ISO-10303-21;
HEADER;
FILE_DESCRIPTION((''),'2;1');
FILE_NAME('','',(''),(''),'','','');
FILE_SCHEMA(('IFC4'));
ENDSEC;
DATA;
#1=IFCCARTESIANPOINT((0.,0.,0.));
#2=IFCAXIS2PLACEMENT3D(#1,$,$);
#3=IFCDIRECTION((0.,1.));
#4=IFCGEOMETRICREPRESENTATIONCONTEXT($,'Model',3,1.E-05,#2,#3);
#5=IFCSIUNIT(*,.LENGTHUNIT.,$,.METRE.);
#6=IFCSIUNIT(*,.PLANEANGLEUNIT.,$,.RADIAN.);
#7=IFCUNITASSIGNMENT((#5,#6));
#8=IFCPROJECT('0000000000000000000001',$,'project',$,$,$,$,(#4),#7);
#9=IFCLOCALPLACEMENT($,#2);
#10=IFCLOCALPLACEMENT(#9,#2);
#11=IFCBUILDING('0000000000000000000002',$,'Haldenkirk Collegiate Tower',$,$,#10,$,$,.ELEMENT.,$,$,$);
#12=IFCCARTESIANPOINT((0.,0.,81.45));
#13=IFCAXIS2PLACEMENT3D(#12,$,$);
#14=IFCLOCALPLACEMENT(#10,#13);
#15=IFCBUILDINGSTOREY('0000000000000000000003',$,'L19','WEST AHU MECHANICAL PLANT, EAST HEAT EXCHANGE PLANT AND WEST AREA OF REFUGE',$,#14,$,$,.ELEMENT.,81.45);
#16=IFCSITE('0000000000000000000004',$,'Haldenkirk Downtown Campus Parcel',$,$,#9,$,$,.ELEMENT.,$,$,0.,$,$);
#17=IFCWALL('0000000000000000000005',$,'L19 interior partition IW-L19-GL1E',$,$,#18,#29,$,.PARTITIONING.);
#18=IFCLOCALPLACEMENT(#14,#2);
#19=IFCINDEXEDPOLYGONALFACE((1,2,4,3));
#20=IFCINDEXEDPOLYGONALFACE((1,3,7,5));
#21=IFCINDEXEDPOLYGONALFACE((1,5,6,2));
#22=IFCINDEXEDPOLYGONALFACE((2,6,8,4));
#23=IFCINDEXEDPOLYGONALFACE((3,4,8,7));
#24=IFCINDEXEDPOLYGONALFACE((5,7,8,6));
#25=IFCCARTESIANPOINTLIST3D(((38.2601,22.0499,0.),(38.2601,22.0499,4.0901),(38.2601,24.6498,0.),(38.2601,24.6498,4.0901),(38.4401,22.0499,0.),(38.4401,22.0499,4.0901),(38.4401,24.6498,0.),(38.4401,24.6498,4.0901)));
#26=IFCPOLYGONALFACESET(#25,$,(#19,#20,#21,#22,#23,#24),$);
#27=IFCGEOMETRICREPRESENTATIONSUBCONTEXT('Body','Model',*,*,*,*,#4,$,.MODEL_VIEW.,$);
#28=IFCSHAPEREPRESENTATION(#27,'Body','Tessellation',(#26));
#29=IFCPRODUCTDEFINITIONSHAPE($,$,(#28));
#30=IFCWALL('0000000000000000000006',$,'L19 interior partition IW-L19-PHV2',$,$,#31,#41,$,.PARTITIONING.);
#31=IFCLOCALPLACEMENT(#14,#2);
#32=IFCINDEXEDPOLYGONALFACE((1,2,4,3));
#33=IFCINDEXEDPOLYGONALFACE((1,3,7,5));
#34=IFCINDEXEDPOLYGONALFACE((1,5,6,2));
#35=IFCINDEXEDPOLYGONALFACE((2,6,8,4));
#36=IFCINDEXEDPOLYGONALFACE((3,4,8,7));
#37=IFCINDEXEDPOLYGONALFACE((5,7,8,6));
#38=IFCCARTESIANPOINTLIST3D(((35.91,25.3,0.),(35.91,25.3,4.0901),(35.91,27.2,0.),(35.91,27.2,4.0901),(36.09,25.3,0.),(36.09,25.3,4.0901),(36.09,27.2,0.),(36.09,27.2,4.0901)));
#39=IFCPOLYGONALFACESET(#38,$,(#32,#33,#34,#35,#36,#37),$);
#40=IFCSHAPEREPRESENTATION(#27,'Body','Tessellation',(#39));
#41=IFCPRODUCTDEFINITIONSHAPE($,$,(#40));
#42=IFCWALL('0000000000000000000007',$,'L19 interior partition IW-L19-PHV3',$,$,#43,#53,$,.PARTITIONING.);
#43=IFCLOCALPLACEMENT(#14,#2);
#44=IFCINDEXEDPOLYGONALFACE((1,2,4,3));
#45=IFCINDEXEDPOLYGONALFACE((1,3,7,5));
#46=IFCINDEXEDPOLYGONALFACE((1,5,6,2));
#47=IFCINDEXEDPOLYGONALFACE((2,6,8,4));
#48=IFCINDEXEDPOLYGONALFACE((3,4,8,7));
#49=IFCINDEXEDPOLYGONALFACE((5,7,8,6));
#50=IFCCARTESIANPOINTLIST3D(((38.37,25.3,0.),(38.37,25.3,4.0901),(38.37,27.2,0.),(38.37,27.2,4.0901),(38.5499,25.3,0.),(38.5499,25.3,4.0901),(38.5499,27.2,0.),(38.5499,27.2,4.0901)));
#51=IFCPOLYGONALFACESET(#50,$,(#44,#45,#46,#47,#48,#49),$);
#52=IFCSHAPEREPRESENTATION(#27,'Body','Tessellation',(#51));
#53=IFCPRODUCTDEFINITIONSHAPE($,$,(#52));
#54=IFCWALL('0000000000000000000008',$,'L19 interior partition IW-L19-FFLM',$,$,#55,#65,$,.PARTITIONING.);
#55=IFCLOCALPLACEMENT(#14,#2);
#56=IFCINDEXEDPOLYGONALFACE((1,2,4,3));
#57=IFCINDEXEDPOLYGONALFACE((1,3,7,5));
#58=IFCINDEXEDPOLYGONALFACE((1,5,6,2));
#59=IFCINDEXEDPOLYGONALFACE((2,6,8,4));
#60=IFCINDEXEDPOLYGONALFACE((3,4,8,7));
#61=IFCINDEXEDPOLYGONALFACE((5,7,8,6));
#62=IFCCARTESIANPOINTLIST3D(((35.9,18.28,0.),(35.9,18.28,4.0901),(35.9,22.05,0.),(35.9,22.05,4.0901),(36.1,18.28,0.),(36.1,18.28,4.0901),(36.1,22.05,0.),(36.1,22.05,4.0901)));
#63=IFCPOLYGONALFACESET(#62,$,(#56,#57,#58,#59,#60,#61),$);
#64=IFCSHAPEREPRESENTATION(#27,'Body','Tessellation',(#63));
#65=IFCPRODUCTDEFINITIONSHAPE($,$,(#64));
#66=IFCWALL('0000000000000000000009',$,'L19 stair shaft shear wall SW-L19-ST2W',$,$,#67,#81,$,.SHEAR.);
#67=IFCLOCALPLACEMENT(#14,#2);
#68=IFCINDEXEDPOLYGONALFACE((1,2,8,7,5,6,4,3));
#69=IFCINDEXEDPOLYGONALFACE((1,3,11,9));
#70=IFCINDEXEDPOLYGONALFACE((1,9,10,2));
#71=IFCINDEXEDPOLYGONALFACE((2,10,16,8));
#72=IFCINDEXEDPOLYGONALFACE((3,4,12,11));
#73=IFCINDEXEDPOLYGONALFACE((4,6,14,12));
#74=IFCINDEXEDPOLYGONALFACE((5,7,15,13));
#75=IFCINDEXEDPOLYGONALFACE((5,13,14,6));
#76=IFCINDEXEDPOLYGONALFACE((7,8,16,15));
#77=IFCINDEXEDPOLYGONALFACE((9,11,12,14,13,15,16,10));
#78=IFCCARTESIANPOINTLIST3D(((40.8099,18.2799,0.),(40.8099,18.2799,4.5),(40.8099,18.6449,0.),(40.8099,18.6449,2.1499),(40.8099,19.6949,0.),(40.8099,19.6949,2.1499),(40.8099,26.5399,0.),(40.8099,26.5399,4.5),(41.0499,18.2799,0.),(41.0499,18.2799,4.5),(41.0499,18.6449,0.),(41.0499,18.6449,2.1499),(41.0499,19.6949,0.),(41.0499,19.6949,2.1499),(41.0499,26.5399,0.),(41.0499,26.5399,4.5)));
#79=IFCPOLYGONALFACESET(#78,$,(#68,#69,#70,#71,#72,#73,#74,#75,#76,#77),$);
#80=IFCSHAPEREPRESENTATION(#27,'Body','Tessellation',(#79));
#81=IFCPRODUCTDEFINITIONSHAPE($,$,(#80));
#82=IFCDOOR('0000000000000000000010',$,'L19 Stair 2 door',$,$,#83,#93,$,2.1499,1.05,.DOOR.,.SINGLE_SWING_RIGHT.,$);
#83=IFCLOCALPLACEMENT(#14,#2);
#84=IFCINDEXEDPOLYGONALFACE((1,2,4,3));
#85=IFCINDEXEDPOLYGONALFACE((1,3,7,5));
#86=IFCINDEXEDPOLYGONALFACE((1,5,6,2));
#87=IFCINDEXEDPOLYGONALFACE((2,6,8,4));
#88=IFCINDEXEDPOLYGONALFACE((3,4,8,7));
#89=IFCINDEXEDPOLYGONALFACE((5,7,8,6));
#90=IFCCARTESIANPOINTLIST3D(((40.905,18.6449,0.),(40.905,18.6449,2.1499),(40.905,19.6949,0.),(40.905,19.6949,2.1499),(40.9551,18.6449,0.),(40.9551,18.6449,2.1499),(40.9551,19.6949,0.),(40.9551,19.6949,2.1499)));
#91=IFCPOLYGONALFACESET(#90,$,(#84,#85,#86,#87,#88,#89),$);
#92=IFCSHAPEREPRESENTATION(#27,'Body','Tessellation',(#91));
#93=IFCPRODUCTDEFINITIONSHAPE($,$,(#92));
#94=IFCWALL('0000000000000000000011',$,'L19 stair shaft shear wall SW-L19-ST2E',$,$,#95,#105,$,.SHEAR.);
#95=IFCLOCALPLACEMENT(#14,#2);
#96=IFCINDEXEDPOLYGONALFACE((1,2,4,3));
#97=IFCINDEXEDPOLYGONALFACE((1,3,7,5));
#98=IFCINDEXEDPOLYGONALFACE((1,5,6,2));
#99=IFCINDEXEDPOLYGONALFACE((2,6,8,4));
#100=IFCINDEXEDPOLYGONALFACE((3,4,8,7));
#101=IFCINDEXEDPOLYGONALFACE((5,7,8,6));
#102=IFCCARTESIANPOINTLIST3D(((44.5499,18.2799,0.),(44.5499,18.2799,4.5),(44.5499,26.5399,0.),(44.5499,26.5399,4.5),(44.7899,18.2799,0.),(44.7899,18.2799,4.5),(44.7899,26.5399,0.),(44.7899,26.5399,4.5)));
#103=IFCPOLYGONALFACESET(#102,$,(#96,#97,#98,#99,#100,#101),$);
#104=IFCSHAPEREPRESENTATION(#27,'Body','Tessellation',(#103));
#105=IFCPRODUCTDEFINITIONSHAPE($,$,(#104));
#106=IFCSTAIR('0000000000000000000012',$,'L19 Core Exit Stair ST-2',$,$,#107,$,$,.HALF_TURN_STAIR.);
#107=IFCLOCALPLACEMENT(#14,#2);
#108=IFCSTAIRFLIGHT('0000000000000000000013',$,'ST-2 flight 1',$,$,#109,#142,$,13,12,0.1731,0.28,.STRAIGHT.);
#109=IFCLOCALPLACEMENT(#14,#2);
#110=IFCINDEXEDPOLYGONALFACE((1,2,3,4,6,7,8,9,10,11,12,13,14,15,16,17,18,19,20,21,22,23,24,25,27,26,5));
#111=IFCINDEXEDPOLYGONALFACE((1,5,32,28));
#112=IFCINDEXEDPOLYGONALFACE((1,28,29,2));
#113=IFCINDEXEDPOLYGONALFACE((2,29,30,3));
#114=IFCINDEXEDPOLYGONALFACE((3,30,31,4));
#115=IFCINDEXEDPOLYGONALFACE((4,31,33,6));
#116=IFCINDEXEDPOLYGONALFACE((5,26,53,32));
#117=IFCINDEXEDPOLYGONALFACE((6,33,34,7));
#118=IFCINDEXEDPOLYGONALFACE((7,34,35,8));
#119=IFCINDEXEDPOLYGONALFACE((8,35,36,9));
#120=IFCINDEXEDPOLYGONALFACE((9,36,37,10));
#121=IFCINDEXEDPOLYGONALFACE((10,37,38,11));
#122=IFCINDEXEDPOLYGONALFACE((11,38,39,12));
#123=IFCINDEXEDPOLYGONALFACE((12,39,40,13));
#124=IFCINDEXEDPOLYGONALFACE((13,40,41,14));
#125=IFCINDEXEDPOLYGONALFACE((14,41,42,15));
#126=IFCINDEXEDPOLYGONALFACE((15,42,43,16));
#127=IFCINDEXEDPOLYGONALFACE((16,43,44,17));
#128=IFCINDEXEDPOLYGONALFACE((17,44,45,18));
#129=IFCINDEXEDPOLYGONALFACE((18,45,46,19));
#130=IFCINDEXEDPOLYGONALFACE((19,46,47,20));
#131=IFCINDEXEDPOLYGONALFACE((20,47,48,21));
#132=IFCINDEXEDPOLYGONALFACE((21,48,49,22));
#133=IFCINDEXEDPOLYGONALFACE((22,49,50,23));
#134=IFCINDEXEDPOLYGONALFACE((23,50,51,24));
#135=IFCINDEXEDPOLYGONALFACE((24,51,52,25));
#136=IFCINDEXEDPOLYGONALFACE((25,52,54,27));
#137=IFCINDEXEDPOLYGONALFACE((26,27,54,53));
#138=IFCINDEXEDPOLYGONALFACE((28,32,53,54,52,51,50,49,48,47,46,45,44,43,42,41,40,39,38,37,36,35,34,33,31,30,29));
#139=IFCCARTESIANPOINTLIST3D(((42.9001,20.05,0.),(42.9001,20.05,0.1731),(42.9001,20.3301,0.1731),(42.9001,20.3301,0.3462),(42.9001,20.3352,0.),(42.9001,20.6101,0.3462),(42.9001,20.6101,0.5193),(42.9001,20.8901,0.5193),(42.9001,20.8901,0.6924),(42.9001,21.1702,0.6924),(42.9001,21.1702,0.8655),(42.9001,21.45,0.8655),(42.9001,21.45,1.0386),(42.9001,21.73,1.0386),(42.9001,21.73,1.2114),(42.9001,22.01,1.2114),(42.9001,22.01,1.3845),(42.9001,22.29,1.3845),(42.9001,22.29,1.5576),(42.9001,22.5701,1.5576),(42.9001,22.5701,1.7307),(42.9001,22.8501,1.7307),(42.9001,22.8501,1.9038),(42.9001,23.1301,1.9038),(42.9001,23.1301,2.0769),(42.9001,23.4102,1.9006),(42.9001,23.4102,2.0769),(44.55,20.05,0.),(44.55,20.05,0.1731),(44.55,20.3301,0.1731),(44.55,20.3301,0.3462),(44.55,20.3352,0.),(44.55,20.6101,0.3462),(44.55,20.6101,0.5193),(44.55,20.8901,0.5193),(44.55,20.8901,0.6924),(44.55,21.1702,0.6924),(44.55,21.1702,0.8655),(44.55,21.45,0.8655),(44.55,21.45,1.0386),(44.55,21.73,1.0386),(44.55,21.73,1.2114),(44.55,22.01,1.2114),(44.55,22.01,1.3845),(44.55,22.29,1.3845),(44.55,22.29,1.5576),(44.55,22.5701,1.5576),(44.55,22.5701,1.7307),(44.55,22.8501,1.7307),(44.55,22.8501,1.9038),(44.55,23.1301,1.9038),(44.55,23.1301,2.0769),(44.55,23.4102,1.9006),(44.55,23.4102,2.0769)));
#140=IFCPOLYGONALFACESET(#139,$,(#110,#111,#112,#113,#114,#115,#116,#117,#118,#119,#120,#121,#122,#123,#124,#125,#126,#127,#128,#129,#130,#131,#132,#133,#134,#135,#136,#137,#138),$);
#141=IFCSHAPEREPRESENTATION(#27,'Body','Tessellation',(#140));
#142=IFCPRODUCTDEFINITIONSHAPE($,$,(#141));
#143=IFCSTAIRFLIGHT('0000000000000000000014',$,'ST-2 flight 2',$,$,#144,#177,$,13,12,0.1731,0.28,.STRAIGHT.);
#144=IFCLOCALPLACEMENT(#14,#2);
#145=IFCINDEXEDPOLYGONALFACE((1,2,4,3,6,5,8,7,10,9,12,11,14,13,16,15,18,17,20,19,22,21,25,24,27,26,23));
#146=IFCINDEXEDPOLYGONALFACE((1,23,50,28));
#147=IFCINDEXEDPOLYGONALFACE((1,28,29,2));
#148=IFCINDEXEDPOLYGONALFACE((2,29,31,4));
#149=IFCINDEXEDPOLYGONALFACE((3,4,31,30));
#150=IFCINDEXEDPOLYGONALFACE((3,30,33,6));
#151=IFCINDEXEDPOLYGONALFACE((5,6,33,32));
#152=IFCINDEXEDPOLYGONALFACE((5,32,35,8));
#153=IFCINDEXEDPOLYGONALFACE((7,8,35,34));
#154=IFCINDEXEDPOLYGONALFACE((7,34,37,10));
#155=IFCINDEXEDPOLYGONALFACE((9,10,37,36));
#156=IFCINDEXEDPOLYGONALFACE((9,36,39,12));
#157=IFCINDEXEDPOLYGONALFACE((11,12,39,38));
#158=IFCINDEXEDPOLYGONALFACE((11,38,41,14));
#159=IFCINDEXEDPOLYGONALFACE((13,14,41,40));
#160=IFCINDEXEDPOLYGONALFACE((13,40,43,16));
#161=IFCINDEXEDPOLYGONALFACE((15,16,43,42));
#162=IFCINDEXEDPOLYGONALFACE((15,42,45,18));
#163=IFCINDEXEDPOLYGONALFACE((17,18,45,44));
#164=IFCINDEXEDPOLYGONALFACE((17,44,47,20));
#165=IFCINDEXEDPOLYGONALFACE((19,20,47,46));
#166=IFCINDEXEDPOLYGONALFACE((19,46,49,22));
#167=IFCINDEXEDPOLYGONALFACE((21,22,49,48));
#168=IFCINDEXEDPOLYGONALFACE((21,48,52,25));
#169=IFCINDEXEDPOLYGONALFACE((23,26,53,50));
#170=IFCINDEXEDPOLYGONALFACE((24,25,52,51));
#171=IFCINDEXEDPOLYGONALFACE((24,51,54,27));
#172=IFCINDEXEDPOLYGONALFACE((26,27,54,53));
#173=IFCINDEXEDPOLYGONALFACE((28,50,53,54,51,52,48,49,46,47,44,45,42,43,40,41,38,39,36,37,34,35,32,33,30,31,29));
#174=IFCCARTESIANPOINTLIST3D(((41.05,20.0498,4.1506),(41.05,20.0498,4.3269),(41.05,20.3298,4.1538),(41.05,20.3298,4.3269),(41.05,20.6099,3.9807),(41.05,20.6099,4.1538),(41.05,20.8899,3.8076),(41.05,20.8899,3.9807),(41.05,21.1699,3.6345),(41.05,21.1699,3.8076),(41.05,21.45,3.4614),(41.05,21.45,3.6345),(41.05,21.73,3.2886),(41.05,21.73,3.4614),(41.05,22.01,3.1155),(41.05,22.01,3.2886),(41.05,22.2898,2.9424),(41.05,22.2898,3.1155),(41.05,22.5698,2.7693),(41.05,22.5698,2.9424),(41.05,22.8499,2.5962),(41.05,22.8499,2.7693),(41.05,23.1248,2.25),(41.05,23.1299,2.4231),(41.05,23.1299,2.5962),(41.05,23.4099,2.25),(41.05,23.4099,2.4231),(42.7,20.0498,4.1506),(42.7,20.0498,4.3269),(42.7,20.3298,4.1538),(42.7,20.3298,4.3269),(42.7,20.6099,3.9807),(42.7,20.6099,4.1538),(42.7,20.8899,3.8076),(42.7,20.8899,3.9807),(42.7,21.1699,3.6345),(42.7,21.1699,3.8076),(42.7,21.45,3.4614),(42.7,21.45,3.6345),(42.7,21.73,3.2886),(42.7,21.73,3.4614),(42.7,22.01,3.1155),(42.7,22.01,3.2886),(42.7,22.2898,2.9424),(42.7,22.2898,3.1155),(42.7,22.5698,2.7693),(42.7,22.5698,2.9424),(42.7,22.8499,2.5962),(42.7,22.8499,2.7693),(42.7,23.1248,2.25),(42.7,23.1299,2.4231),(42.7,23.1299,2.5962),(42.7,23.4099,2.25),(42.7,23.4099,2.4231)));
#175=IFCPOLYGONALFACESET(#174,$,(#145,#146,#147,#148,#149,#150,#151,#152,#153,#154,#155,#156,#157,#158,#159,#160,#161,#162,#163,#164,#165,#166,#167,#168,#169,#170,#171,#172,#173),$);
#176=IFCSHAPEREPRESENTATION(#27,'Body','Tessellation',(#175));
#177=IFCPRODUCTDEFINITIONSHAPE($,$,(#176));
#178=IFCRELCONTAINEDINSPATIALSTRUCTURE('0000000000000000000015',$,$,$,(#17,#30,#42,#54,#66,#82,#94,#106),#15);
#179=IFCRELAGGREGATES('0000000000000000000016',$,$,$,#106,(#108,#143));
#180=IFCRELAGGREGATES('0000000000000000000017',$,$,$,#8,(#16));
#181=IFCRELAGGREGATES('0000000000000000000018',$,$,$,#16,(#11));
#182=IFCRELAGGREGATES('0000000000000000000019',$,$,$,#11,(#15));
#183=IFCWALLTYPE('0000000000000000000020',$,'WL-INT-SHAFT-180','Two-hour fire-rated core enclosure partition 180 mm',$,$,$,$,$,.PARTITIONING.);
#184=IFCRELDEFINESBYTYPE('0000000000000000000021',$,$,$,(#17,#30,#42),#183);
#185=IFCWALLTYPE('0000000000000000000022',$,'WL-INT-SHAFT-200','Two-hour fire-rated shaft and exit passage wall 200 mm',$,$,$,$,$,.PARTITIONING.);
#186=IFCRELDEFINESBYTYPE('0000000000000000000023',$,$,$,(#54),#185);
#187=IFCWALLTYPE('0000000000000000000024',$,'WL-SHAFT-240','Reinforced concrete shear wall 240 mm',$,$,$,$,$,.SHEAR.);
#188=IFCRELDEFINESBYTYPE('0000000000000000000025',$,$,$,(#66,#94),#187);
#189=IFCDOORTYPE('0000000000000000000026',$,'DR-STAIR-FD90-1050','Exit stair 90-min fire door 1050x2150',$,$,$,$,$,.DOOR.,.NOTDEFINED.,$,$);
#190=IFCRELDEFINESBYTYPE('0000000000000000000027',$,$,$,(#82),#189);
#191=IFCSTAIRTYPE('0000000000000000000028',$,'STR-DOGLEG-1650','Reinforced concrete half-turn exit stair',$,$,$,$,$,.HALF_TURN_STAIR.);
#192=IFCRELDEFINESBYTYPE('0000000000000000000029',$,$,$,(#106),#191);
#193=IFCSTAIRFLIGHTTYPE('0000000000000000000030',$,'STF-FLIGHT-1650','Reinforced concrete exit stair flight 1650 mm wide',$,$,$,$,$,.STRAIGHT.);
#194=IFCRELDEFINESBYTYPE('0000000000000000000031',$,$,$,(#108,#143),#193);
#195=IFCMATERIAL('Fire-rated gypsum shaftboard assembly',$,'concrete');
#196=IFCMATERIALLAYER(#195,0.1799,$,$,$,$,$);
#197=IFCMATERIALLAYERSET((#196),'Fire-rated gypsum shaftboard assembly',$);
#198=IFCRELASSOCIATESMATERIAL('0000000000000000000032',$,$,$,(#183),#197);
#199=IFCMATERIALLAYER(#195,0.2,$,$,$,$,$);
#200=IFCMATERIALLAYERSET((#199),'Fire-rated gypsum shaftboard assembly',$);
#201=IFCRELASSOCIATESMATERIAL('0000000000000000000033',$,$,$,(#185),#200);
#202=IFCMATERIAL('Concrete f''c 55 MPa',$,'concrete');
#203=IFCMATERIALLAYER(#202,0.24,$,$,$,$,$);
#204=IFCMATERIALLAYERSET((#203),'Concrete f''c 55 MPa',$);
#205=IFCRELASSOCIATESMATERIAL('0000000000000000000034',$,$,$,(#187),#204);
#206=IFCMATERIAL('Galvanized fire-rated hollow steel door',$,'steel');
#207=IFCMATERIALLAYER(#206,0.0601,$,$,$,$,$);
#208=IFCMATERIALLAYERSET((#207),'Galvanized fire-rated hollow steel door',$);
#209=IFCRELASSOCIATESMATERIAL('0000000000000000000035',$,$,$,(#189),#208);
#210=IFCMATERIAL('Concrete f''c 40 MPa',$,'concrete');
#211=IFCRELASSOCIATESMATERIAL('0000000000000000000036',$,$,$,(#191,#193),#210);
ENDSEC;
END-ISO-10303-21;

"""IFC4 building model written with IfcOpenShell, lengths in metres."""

from ifc_helpers import new_model, si_unit, direction, frame, frame_2d, origin, place, context, subcontext, project, spatial, polyline, rectangle, outline, extrude, material, layer, layer_set, type_object, element, fill, aggregate, save


model = new_model("IFC4")

# Units and contexts
model_context = context("Model", 3, precision=1e-05, world=origin(), true_north=direction((0.0, 1.0)))
body_context = subcontext(model_context, "Body", "Model", "MODEL_VIEW")
ifc_project = project(units=[si_unit("LENGTHUNIT", "METRE"), si_unit("PLANEANGLEUNIT", "RADIAN")], contexts=[model_context])

# Site, building, storey
site_placement = place(None, origin())
site = spatial("IfcSite", under=ifc_project, at=site_placement, Name="Haldenkirk Downtown Campus Parcel", CompositionType="ELEMENT", RefElevation=0.0)
building_placement = place(site_placement, origin())
building = spatial("IfcBuilding", under=site, at=building_placement, Name="Haldenkirk Collegiate Tower", CompositionType="ELEMENT")
storey_placement = place(building_placement, frame((0.0, 0.0, 81.45)))
storey = spatial("IfcBuildingStorey", under=building, at=storey_placement, Name="L19", Description="WEST AHU MECHANICAL PLANT, EAST HEAT EXCHANGE PLANT AND WEST AREA OF REFUGE", CompositionType="ELEMENT", Elevation=81.45)

# Shared definitions
ifc_material_1 = material(Name="Galvanized fire-rated hollow steel door", Category="steel")

# Walls
ifc_material_2 = material(Name="Fire-rated gypsum shaftboard assembly", Category="concrete")
ifc_layer_1 = layer(ifc_material_2, 0.1799)
ifc_layer_set_1 = layer_set([ifc_layer_1], Name="Fire-rated gypsum shaftboard assembly")
wall_type_1 = type_object("IfcWallType", Name="WL-INT-SHAFT-180", Description="Two-hour fire-rated core enclosure partition 180 mm", PredefinedType="PARTITIONING", material=ifc_layer_set_1)
wall_1_placement = place(storey_placement, frame((38.3501, 22.05, 0.0), z_axis=(0.0, 0.0, 1.0), x_axis=(0.0, 1.0, 0.0)))
element("IfcWall", 1, at=wall_1_placement, inside=storey, type_object=wall_type_1, Name="L19 interior partition IW-L19-GL1E", PredefinedType="PARTITIONING", context=body_context, shape_type="SweptSolid", body=[
    extrude(rectangle(XDim=2.5999, YDim=0.1799, at=frame_2d((1.2998, 0.0))), origin(), (0.0, 0.0, 1.0), 4.0901),
])
for number, where, z_axis, x_axis, name in (
    (2, (36.0, 25.3, 0.0), (0.0, 0.0, 1.0), (0.0, 1.0, 0.0), "L19 interior partition IW-L19-PHV2"),
    (3, (38.46, 25.3, 0.0), (0.0, 0.0, 1.0), (0.0, 1.0, 0.0), "L19 interior partition IW-L19-PHV3"),
):
    element("IfcWall", number, at=place(storey_placement, frame(where, z_axis=z_axis, x_axis=x_axis)), inside=storey, type_object=wall_type_1, Name=name, PredefinedType="PARTITIONING", context=body_context, shape_type="SweptSolid", body=[
        extrude(rectangle(XDim=1.8999, YDim=0.1799, at=frame_2d((0.95, 0.0))), origin(), (0.0, 0.0, 1.0), 4.0901),
    ])
ifc_layer_2 = layer(ifc_material_2, 0.2)
ifc_layer_set_2 = layer_set([ifc_layer_2], Name="Fire-rated gypsum shaftboard assembly")
wall_type_2 = type_object("IfcWallType", Name="WL-INT-SHAFT-200", Description="Two-hour fire-rated shaft and exit passage wall 200 mm", PredefinedType="PARTITIONING", material=ifc_layer_set_2)
wall_2_placement = place(storey_placement, frame((36.0, 18.28, 0.0), z_axis=(0.0, 0.0, 1.0), x_axis=(0.0, 1.0, 0.0)))
element("IfcWall", 4, at=wall_2_placement, inside=storey, type_object=wall_type_2, Name="L19 interior partition IW-L19-FFLM", PredefinedType="PARTITIONING", context=body_context, shape_type="SweptSolid", body=[
    extrude(rectangle(XDim=3.77, YDim=0.2, at=frame_2d((1.885, 0.0))), origin(), (0.0, 0.0, 1.0), 4.0901),
])

# Wall, opening, door
ifc_material_3 = material(Name="Concrete f'c 55 MPa", Category="concrete")
ifc_layer_3 = layer(ifc_material_3, 0.24)
ifc_layer_set_3 = layer_set([ifc_layer_3], Name="Concrete f'c 55 MPa")
wall_type_3 = type_object("IfcWallType", Name="WL-SHAFT-240", Description="Reinforced concrete shear wall 240 mm", PredefinedType="SHEAR", material=ifc_layer_set_3)
wall_3_placement = place(storey_placement, frame((40.9299, 18.28, 0.0), z_axis=(0.0, 0.0, 1.0), x_axis=(0.0, 1.0, 0.0)))
wall_3 = element("IfcWall", 5, at=wall_3_placement, inside=storey, type_object=wall_type_3, Name="L19 stair shaft shear wall SW-L19-ST2W", PredefinedType="SHEAR", context=body_context, shape_type="SweptSolid", body=[
    extrude(rectangle(XDim=8.26, YDim=0.24, at=frame_2d((4.1299, 0.0))), origin(), (0.0, 0.0, 1.0), 4.5),
])
opening_1_placement = place(wall_3_placement, frame((0.365, 0.0, 0.0)))
opening_1 = element("IfcOpeningElement", 6, at=opening_1_placement, cuts=wall_3, PredefinedType="OPENING", context=body_context, shape_type="SweptSolid", body=[
    extrude(rectangle(XDim=1.05, YDim=2.1499, at=frame_2d((0.5249, 1.075))), frame((0.0, 0.1299, 0.0), z_axis=(0.0, -1.0, 0.0), x_axis=(1.0, 0.0, 0.0)), (0.0, 0.0, 1.0), 0.26),
])
ifc_layer_4 = layer(ifc_material_1, 0.0601)
ifc_layer_set_4 = layer_set([ifc_layer_4], Name="Galvanized fire-rated hollow steel door")
door_type_1 = type_object("IfcDoorType", Name="DR-STAIR-FD90-1050", Description="Exit stair 90-min fire door 1050x2150", OperationType="NOTDEFINED", PredefinedType="DOOR", material=ifc_layer_set_4)
door_1_placement = place(opening_1_placement, origin())
door_1 = element("IfcDoor", 7, at=door_1_placement, inside=storey, type_object=door_type_1, Name="L19 Stair 2 door", OperationType="SINGLE_SWING_RIGHT", OverallHeight=2.1499, OverallWidth=1.05, PredefinedType="DOOR", context=body_context, shape_type="SweptSolid", body=[
    extrude(rectangle(XDim=1.05, YDim=2.1499, at=frame_2d((0.5249, 1.075))), frame((0.0, 0.0249, 0.0), z_axis=(0.0, -1.0, 0.0), x_axis=(1.0, 0.0, 0.0)), (0.0, 0.0, 1.0), 0.05),
])
fill(opening_1, door_1)

# Wall
wall_4_placement = place(storey_placement, frame((44.6699, 18.28, 0.0), z_axis=(0.0, 0.0, 1.0), x_axis=(0.0, 1.0, 0.0)))
element("IfcWall", 8, at=wall_4_placement, inside=storey, type_object=wall_type_3, Name="L19 stair shaft shear wall SW-L19-ST2E", PredefinedType="SHEAR", context=body_context, shape_type="SweptSolid", body=[
    extrude(rectangle(XDim=8.26, YDim=0.24, at=frame_2d((4.1299, 0.0))), origin(), (0.0, 0.0, 1.0), 4.5),
])

# Stair, stair flights
ifc_material_4 = material(Name="Concrete f'c 40 MPa", Category="concrete")
stair_type = type_object("IfcStairType", Name="STR-DOGLEG-1650", Description="Reinforced concrete half-turn exit stair", PredefinedType="HALF_TURN_STAIR", material=ifc_material_4)
stair_placement = place(storey_placement, origin())
stair = element("IfcStair", 9, at=stair_placement, inside=storey, type_object=stair_type, Name="L19 Core Exit Stair ST-2", PredefinedType="HALF_TURN_STAIR")
stair_flight_type = type_object("IfcStairFlightType", Name="STF-FLIGHT-1650", Description="Reinforced concrete exit stair flight 1650 mm wide", PredefinedType="STRAIGHT", material=ifc_material_4)
stair_flight_1_placement = place(storey_placement, frame((43.7251, 20.05, 0.0), z_axis=(0.0, 0.0, 1.0), x_axis=(0.0, 1.0, 0.0)))
stair_flight_1 = element("IfcStairFlight", 10, at=stair_flight_1_placement, type_object=stair_flight_type, Name="ST-2 flight 1", NumberOfRisers=13, NumberOfTreads=12, PredefinedType="STRAIGHT", RiserHeight=0.1731, TreadLength=0.28, context=body_context, shape_type="SweptSolid", body=[
    extrude(outline(polyline([(0.0, 0.0), (0.0, 0.1731), (0.28, 0.1731), (0.28, 0.3462), (0.5601, 0.3462), (0.5601, 0.5193), (0.8401, 0.5193), (0.8401, 0.6924), (1.1201, 0.6924), (1.1201, 0.8655), (1.3999, 0.8655), (1.3999, 1.0386), (1.6799, 1.0386), (1.6799, 1.2114), (1.96, 1.2114), (1.96, 1.3845), (2.24, 1.3845), (2.24, 1.5576), (2.52, 1.5576), (2.52, 1.7307), (2.8, 1.7307), (2.8, 1.9038), (3.0801, 1.9038), (3.0801, 2.0769), (3.3601, 2.0769), (3.3601, 2.25), (3.3601, 1.9006), (0.2852, 0.0), (0.0, 0.0)])), frame((0.0, 0.825, 0.0), z_axis=(0.0, -1.0, 0.0), x_axis=(1.0, 0.0, 0.0)), (0.0, 0.0, 1.0), 1.6499),
])
stair_flight_2_placement = place(storey_placement, frame((41.875, 23.4099, 2.25), z_axis=(0.0, 0.0, 1.0), x_axis=(0.0, -1.0, 0.0)))
stair_flight_2 = element("IfcStairFlight", 11, at=stair_flight_2_placement, type_object=stair_flight_type, Name="ST-2 flight 2", NumberOfRisers=13, NumberOfTreads=12, PredefinedType="STRAIGHT", RiserHeight=0.1731, TreadLength=0.28, context=body_context, shape_type="SweptSolid", body=[
    extrude(outline(polyline([(0.0, 0.0), (0.0, 0.1731), (0.28, 0.1731), (0.28, 0.3462), (0.5601, 0.3462), (0.5601, 0.5193), (0.8401, 0.5193), (0.8401, 0.6924), (1.1201, 0.6924), (1.1201, 0.8655), (1.3999, 0.8655), (1.3999, 1.0386), (1.6799, 1.0386), (1.6799, 1.2114), (1.96, 1.2114), (1.96, 1.3845), (2.24, 1.3845), (2.24, 1.5576), (2.52, 1.5576), (2.52, 1.7307), (2.8, 1.7307), (2.8, 1.9038), (3.0801, 1.9038), (3.0801, 2.0769), (3.3601, 2.0769), (3.3601, 2.25), (3.3601, 1.9006), (0.2852, 0.0), (0.0, 0.0)])), frame((0.0, 0.825, 0.0), z_axis=(0.0, -1.0, 0.0), x_axis=(1.0, 0.0, 0.0)), (0.0, 0.0, 1.0), 1.6499),
])
aggregate(stair, [stair_flight_1, stair_flight_2])

save(model, "model.ifc")
